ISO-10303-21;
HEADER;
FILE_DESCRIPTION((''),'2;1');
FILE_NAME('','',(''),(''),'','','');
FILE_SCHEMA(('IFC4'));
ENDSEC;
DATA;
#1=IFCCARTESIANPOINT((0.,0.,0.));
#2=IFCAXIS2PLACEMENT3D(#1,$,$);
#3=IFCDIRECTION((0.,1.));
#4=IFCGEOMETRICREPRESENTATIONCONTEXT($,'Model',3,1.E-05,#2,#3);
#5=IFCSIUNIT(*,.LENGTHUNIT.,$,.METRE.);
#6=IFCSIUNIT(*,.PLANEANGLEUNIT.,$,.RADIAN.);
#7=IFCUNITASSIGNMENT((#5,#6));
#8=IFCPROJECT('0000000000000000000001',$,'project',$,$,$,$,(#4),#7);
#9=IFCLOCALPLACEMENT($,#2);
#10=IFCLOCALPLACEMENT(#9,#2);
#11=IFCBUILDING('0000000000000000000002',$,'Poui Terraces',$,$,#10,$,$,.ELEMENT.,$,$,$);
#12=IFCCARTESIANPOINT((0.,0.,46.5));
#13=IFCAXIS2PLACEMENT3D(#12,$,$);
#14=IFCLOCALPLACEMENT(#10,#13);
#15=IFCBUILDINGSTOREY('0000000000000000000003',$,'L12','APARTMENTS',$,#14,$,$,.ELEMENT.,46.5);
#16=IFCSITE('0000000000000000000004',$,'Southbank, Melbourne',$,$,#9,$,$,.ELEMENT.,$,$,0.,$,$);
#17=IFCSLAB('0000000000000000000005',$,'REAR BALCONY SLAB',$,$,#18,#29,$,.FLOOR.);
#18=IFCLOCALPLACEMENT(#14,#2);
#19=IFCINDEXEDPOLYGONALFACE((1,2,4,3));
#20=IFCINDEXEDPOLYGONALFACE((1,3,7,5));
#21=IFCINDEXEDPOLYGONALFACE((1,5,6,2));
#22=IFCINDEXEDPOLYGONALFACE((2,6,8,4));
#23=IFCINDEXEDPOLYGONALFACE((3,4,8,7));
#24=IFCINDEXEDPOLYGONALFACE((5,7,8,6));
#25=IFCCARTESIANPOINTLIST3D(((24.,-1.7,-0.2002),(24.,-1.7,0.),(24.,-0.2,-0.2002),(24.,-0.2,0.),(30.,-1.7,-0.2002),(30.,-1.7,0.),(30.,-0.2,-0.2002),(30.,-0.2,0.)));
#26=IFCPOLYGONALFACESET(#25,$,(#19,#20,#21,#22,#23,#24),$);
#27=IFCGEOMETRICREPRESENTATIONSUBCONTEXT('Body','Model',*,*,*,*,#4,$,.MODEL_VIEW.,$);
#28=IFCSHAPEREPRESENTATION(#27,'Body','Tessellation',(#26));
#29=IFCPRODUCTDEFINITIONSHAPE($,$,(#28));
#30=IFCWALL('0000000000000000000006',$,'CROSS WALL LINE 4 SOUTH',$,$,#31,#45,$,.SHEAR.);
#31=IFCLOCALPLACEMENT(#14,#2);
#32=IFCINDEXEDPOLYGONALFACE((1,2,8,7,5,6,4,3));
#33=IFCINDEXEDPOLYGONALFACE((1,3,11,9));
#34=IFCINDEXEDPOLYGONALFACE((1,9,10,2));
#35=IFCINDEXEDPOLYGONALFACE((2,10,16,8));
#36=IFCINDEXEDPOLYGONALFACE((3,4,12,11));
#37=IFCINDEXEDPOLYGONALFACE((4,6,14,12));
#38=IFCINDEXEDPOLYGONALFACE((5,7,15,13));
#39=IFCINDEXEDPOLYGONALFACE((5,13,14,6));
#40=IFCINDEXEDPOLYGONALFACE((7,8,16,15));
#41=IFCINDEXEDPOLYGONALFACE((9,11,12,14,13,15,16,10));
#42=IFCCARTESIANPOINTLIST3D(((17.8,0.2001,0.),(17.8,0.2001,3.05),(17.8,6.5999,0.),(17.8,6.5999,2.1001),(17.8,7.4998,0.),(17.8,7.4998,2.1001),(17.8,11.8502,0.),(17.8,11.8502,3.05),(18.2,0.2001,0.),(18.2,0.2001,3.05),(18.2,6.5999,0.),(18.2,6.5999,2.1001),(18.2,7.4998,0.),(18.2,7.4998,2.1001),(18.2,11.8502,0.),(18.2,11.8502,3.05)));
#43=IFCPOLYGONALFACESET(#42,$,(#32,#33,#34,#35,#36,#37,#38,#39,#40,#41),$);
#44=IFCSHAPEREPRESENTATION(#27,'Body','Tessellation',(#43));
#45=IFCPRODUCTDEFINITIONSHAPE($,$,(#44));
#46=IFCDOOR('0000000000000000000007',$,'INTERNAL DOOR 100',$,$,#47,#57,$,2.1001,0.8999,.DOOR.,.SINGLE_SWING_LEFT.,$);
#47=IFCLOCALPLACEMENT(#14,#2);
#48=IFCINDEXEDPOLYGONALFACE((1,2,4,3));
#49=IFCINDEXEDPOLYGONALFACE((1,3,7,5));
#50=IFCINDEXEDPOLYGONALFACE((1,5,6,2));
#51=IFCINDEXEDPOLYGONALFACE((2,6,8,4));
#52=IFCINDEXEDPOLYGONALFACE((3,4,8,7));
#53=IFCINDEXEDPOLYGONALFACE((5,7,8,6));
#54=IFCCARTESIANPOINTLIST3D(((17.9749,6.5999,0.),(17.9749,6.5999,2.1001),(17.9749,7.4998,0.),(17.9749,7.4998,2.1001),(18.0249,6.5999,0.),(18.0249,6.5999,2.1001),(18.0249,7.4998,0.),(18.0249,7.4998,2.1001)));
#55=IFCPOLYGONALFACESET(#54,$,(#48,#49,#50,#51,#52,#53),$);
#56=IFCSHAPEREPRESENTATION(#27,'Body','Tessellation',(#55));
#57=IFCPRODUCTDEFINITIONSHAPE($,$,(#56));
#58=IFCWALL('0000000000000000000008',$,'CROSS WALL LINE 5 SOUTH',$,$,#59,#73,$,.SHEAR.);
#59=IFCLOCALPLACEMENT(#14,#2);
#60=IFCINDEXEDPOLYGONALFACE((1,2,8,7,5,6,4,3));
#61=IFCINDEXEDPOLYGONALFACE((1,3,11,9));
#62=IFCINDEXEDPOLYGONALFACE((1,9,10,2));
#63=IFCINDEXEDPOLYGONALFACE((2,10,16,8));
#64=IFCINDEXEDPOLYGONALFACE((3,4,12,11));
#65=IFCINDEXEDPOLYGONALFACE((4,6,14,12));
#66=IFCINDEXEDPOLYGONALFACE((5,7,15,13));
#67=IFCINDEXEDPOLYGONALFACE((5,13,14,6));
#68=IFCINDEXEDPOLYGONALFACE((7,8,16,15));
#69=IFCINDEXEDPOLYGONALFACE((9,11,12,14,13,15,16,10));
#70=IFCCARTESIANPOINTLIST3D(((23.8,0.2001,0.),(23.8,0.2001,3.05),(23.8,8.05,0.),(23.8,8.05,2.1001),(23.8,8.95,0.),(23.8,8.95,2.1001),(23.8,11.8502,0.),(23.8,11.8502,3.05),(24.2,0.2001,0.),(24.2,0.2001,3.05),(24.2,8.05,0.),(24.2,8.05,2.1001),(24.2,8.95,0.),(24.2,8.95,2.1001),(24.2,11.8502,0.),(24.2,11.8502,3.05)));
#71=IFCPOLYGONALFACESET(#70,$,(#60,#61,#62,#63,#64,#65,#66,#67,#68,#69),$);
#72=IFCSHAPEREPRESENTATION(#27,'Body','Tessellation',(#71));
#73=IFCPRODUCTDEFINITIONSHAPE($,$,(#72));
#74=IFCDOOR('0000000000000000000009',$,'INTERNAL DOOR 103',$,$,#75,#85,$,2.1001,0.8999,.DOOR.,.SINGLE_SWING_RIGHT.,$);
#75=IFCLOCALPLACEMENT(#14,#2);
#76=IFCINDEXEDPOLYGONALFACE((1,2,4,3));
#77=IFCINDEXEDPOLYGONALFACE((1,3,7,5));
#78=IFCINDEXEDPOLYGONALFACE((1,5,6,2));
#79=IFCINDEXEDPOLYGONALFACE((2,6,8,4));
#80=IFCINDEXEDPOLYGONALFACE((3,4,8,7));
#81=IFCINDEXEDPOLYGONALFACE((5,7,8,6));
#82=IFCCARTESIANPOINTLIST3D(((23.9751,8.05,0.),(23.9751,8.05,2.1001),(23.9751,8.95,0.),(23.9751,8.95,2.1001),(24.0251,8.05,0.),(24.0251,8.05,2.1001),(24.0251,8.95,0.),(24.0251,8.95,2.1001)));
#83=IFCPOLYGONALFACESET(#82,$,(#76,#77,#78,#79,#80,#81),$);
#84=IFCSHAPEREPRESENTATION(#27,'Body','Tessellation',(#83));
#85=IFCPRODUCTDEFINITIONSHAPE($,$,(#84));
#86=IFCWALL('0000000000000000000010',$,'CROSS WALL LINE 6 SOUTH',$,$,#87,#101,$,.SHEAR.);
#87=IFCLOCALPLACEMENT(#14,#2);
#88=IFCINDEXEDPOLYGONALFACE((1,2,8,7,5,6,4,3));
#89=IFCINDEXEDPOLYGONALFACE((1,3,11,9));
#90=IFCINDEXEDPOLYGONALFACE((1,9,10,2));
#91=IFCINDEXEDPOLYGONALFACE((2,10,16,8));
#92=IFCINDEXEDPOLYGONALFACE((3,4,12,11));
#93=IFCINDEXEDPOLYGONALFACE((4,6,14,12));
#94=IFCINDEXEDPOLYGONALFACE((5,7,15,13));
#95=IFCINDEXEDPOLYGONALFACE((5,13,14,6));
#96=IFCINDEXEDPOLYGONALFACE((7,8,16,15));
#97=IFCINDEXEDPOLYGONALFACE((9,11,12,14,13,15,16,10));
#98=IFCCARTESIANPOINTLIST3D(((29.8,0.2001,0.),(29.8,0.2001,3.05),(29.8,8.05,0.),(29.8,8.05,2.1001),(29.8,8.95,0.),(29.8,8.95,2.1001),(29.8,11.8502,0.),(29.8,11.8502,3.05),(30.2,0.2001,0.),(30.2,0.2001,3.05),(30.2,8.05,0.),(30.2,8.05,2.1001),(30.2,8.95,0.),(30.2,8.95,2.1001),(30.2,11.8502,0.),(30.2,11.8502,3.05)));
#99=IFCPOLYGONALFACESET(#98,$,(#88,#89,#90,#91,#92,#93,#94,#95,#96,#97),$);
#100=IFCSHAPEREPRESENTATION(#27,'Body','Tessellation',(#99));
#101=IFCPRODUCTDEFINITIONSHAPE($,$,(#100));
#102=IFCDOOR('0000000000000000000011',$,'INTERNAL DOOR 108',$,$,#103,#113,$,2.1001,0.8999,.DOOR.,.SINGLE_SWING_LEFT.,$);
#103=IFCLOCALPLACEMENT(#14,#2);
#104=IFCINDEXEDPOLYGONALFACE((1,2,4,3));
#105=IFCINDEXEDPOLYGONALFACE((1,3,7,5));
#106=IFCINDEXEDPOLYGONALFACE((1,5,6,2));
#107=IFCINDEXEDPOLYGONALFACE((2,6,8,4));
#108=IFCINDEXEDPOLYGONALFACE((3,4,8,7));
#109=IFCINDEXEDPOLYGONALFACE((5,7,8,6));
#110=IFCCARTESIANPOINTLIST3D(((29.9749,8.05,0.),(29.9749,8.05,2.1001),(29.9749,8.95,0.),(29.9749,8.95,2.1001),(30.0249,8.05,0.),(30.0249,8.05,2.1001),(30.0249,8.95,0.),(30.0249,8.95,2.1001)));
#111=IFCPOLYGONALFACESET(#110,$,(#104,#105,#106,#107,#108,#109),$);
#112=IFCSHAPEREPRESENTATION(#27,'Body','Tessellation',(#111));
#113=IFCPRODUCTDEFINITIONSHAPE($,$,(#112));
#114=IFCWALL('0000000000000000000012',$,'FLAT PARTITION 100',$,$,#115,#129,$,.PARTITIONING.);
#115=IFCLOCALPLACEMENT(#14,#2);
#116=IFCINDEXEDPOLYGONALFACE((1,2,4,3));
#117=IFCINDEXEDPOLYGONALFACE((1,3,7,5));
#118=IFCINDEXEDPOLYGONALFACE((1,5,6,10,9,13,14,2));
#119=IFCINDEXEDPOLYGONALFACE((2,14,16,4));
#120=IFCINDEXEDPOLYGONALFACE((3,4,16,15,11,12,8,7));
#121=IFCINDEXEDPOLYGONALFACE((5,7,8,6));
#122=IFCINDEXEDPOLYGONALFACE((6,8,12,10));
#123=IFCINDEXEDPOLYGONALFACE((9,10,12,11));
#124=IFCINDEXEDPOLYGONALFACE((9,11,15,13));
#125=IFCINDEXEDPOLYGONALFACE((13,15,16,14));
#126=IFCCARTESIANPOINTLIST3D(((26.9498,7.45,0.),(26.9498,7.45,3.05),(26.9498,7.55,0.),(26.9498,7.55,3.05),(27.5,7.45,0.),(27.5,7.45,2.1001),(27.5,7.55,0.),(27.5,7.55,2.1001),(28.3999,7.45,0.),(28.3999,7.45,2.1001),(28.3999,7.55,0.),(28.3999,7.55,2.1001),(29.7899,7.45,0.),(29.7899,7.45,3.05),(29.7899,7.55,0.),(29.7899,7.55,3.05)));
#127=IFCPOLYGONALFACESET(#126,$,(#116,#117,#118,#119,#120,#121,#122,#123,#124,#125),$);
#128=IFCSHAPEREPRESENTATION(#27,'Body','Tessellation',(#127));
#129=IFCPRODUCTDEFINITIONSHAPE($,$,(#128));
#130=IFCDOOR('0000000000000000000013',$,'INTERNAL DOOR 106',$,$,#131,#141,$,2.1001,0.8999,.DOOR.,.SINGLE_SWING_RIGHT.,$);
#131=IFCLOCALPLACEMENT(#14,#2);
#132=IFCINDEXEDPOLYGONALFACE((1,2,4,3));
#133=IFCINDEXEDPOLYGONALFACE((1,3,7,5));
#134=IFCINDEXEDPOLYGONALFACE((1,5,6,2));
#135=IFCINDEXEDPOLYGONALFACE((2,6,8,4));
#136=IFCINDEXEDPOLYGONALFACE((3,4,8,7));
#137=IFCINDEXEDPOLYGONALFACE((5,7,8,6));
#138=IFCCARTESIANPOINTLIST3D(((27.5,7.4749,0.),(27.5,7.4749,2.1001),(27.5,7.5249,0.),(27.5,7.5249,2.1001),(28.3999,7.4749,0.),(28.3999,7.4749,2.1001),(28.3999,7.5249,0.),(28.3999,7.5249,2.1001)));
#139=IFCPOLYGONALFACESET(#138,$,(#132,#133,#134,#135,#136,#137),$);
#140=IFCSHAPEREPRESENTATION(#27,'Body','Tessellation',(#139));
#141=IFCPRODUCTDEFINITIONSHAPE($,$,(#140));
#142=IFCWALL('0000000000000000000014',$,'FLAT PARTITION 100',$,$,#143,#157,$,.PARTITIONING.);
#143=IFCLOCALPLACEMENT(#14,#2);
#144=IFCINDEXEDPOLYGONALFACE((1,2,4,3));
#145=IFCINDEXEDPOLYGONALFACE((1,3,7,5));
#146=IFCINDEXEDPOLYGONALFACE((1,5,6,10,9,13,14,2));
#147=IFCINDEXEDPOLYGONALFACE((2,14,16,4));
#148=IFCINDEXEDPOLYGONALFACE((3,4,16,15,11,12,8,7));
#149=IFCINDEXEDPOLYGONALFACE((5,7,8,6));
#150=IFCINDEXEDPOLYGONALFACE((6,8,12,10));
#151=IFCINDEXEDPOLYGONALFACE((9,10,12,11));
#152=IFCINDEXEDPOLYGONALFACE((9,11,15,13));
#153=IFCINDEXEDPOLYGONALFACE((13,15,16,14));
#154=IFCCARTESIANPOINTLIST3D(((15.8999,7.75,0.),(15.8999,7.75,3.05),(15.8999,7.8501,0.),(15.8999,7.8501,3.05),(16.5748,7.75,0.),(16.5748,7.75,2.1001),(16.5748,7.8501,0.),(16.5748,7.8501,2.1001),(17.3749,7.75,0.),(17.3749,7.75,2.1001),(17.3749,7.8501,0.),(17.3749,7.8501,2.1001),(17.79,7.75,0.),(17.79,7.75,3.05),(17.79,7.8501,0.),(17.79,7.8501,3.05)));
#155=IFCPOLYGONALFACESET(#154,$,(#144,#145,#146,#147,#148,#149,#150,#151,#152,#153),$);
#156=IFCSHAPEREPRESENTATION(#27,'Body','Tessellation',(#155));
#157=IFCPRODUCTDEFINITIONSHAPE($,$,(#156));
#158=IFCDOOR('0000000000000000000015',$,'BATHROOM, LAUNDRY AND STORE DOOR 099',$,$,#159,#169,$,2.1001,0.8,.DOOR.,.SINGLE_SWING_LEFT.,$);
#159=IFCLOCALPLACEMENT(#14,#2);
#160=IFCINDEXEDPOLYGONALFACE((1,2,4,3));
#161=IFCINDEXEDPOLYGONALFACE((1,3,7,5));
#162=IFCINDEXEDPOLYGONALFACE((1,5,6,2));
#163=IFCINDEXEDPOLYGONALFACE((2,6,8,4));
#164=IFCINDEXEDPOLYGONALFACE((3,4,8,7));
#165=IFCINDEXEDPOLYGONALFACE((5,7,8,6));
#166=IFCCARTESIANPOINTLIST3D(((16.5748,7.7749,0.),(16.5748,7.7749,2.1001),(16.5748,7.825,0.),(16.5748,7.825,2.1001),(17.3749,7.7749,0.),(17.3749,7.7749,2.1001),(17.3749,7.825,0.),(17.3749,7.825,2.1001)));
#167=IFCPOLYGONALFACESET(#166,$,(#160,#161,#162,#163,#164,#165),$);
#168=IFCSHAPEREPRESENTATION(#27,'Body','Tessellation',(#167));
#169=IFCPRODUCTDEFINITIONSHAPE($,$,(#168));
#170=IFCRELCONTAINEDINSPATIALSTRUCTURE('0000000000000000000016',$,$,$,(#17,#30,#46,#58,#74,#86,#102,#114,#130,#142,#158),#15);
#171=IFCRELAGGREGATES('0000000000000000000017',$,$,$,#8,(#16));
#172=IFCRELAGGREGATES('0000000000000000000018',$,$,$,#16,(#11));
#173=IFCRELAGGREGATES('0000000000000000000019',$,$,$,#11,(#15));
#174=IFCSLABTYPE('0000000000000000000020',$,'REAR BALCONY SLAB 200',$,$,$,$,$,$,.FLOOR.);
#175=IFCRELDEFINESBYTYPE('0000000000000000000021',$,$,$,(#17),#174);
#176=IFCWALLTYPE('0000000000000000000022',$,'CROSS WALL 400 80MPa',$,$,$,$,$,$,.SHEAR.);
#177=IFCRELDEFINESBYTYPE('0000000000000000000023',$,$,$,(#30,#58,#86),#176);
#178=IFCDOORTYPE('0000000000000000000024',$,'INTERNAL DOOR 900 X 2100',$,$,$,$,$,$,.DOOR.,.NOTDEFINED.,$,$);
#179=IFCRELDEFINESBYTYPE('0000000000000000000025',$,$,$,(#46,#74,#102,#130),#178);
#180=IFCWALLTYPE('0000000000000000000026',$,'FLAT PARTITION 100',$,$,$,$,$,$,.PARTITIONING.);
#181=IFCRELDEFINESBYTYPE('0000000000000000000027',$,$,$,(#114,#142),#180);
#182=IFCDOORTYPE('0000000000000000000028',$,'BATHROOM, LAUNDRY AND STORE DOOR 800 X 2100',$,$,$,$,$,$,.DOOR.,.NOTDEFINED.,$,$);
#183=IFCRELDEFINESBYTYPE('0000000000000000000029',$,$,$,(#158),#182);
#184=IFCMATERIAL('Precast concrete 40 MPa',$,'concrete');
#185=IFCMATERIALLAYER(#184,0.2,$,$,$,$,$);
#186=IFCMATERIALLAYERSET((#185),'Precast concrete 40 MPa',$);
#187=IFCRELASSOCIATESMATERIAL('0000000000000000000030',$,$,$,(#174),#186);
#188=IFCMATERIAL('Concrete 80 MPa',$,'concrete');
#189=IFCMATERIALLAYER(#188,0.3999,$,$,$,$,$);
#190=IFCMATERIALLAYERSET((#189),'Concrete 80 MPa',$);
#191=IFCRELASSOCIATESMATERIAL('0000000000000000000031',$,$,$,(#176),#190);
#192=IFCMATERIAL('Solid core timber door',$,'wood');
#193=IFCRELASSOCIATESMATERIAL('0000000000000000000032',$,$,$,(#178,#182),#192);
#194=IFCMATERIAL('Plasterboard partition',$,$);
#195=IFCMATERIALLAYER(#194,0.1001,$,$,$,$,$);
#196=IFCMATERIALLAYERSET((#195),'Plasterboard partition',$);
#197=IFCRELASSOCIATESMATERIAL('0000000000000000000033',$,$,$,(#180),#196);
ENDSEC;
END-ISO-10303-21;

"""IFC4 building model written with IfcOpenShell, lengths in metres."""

from ifc_helpers import new_model, si_unit, direction, frame, frame_2d, origin, place, context, subcontext, project, spatial, polyline, rectangle, outline, extrude, source, transform, mapped, material, layer, layer_set, type_object, element, fill, save


model = new_model("IFC4")

# Units and contexts
model_context = context("Model", 3, precision=1e-05, world=origin(), true_north=direction((0.0, 1.0)))
body_context = subcontext(model_context, "Body", "Model", "MODEL_VIEW")
ifc_project = project(units=[si_unit("LENGTHUNIT", "METRE"), si_unit("PLANEANGLEUNIT", "RADIAN")], contexts=[model_context])

# Site, building, storey
site_placement = place(None, origin())
site = spatial("IfcSite", under=ifc_project, at=site_placement, Name="Southbank, Melbourne", CompositionType="ELEMENT", RefElevation=0.0)
building_placement = place(site_placement, origin())
building = spatial("IfcBuilding", under=site, at=building_placement, Name="Poui Terraces", CompositionType="ELEMENT")
storey_placement = place(building_placement, frame((0.0, 0.0, 46.5)))
storey = spatial("IfcBuildingStorey", under=building, at=storey_placement, Name="L12", Description="APARTMENTS", CompositionType="ELEMENT", Elevation=46.5)

# Slab
ifc_material_1 = material(Name="Precast concrete 40 MPa", Category="concrete")
ifc_layer_1 = layer(ifc_material_1, 0.2)
ifc_layer_set_1 = layer_set([ifc_layer_1], Name="Precast concrete 40 MPa")
slab_type = type_object("IfcSlabType", Name="REAR BALCONY SLAB 200", PredefinedType="FLOOR", material=ifc_layer_set_1)
shared_shape_1 = source(origin(), body_context, "Body", "SweptSolid", [
    extrude(outline(polyline([(0.0, 0.0), (6.0, 0.0), (6.0, 1.5), (0.0, 1.5), (0.0, 0.0)])), origin(), (0.0, 0.0, 1.0), 0.2002),
])
slab_placement = place(storey_placement, frame((24.0, -1.7, -0.2002)))
element("IfcSlab", 1, at=slab_placement, inside=storey, type_object=slab_type, Name="REAR BALCONY SLAB", PredefinedType="FLOOR", context=body_context, shape_type="MappedRepresentation", body=[
    mapped(shared_shape_1, transform((0.0, 0.0, 0.0))),
])

# Walls, openings, doors
ifc_material_2 = material(Name="Concrete 80 MPa", Category="concrete")
ifc_layer_2 = layer(ifc_material_2, 0.3999)
ifc_layer_set_2 = layer_set([ifc_layer_2], Name="Concrete 80 MPa")
wall_type_1 = type_object("IfcWallType", Name="CROSS WALL 400 80MPa", PredefinedType="SHEAR", material=ifc_layer_set_2)
wall_1_placement = place(storey_placement, frame((18.0, 0.2, 0.0), z_axis=(0.0, 0.0, 1.0), x_axis=(0.0, 1.0, 0.0)))
wall_1 = element("IfcWall", 2, at=wall_1_placement, inside=storey, type_object=wall_type_1, Name="CROSS WALL LINE 4 SOUTH", PredefinedType="SHEAR", context=body_context, shape_type="SweptSolid", body=[
    extrude(rectangle(XDim=11.6501, YDim=0.3999, at=frame_2d((5.8252, 0.0))), origin(), (0.0, 0.0, 1.0), 3.05),
])
opening_1_placement = place(wall_1_placement, frame((6.3999, 0.0, 0.0)))
opening_1 = element("IfcOpeningElement", 3, at=opening_1_placement, cuts=wall_1, PredefinedType="OPENING", context=body_context, shape_type="SweptSolid", body=[
    extrude(rectangle(XDim=0.8999, YDim=2.1001, at=frame_2d((0.45, 1.05))), frame((0.0, 0.21, 0.0), z_axis=(0.0, -1.0, 0.0), x_axis=(1.0, 0.0, 0.0)), (0.0, 0.0, 1.0), 0.4199),
])
ifc_material_3 = material(Name="Solid core timber door", Category="wood")
door_type_1 = type_object("IfcDoorType", Name="INTERNAL DOOR 900 X 2100", OperationType="NOTDEFINED", PredefinedType="DOOR", material=ifc_material_3)
door_1_placement = place(opening_1_placement, frame((0.8999, 0.0, 0.0), z_axis=(0.0, 0.0, 1.0), x_axis=(-1.0, 0.0, 0.0)))
door_1 = element("IfcDoor", 4, at=door_1_placement, inside=storey, type_object=door_type_1, Name="INTERNAL DOOR 100", OperationType="SINGLE_SWING_LEFT", OverallHeight=2.1001, OverallWidth=0.8999, PredefinedType="DOOR", context=body_context, shape_type="SweptSolid", body=[
    extrude(rectangle(XDim=0.8999, YDim=2.1001, at=frame_2d((0.45, 1.05))), frame((0.0, 0.0249, 0.0), z_axis=(0.0, -1.0, 0.0), x_axis=(1.0, 0.0, 0.0)), (0.0, 0.0, 1.0), 0.05),
])
fill(opening_1, door_1)
wall_2_placement = place(storey_placement, frame((24.0, 0.2, 0.0), z_axis=(0.0, 0.0, 1.0), x_axis=(0.0, 1.0, 0.0)))
wall_2 = element("IfcWall", 5, at=wall_2_placement, inside=storey, type_object=wall_type_1, Name="CROSS WALL LINE 5 SOUTH", PredefinedType="SHEAR", context=body_context, shape_type="SweptSolid", body=[
    extrude(rectangle(XDim=11.6501, YDim=0.3999, at=frame_2d((5.8252, 0.0))), origin(), (0.0, 0.0, 1.0), 3.05),
])
opening_2_placement = place(wall_2_placement, frame((7.8501, 0.0, 0.0)))
opening_2 = element("IfcOpeningElement", 6, at=opening_2_placement, cuts=wall_2, PredefinedType="OPENING", context=body_context, shape_type="SweptSolid", body=[
    extrude(rectangle(XDim=0.8999, YDim=2.1001, at=frame_2d((0.45, 1.05))), frame((0.0, 0.21, 0.0), z_axis=(0.0, -1.0, 0.0), x_axis=(1.0, 0.0, 0.0)), (0.0, 0.0, 1.0), 0.4199),
])
door_2_placement = place(opening_2_placement, origin())
door_2 = element("IfcDoor", 7, at=door_2_placement, inside=storey, type_object=door_type_1, Name="INTERNAL DOOR 103", OperationType="SINGLE_SWING_RIGHT", OverallHeight=2.1001, OverallWidth=0.8999, PredefinedType="DOOR", context=body_context, shape_type="SweptSolid", body=[
    extrude(rectangle(XDim=0.8999, YDim=2.1001, at=frame_2d((0.45, 1.05))), frame((0.0, 0.0249, 0.0), z_axis=(0.0, -1.0, 0.0), x_axis=(1.0, 0.0, 0.0)), (0.0, 0.0, 1.0), 0.05),
])
fill(opening_2, door_2)
wall_3_placement = place(storey_placement, frame((30.0, 0.2, 0.0), z_axis=(0.0, 0.0, 1.0), x_axis=(0.0, 1.0, 0.0)))
wall_3 = element("IfcWall", 8, at=wall_3_placement, inside=storey, type_object=wall_type_1, Name="CROSS WALL LINE 6 SOUTH", PredefinedType="SHEAR", context=body_context, shape_type="SweptSolid", body=[
    extrude(rectangle(XDim=11.6501, YDim=0.3999, at=frame_2d((5.8252, 0.0))), origin(), (0.0, 0.0, 1.0), 3.05),
])
opening_3_placement = place(wall_3_placement, frame((7.8501, 0.0, 0.0)))
opening_3 = element("IfcOpeningElement", 9, at=opening_3_placement, cuts=wall_3, PredefinedType="OPENING", context=body_context, shape_type="SweptSolid", body=[
    extrude(rectangle(XDim=0.8999, YDim=2.1001, at=frame_2d((0.45, 1.05))), frame((0.0, 0.21, 0.0), z_axis=(0.0, -1.0, 0.0), x_axis=(1.0, 0.0, 0.0)), (0.0, 0.0, 1.0), 0.4199),
])
door_3_placement = place(opening_3_placement, frame((0.8999, 0.0, 0.0), z_axis=(0.0, 0.0, 1.0), x_axis=(-1.0, 0.0, 0.0)))
door_3 = element("IfcDoor", 10, at=door_3_placement, inside=storey, type_object=door_type_1, Name="INTERNAL DOOR 108", OperationType="SINGLE_SWING_LEFT", OverallHeight=2.1001, OverallWidth=0.8999, PredefinedType="DOOR", context=body_context, shape_type="SweptSolid", body=[
    extrude(rectangle(XDim=0.8999, YDim=2.1001, at=frame_2d((0.45, 1.05))), frame((0.0, 0.0249, 0.0), z_axis=(0.0, -1.0, 0.0), x_axis=(1.0, 0.0, 0.0)), (0.0, 0.0, 1.0), 0.05),
])
fill(opening_3, door_3)
ifc_material_4 = material(Name="Plasterboard partition")
ifc_layer_3 = layer(ifc_material_4, 0.1001)
ifc_layer_set_3 = layer_set([ifc_layer_3], Name="Plasterboard partition")
wall_type_2 = type_object("IfcWallType", Name="FLAT PARTITION 100", PredefinedType="PARTITIONING", material=ifc_layer_set_3)
wall_4_placement = place(storey_placement, frame((26.95, 7.5, 0.0), z_axis=(0.0, 0.0, 1.0), x_axis=(1.0, 0.0, 0.0)))
wall_4 = element("IfcWall", 11, at=wall_4_placement, inside=storey, type_object=wall_type_2, Name="FLAT PARTITION 100", PredefinedType="PARTITIONING", context=body_context, shape_type="SweptSolid", body=[
    extrude(rectangle(XDim=2.8401, YDim=0.1001, at=frame_2d((1.4199, 0.0))), origin(), (0.0, 0.0, 1.0), 3.05),
])
opening_4_placement = place(wall_4_placement, frame((0.55, 0.0, 0.0)))
opening_4 = element("IfcOpeningElement", 12, at=opening_4_placement, cuts=wall_4, PredefinedType="OPENING", context=body_context, shape_type="SweptSolid", body=[
    extrude(rectangle(XDim=0.8999, YDim=2.1001, at=frame_2d((0.45, 1.05))), frame((0.0, 0.0601, 0.0), z_axis=(0.0, -1.0, 0.0), x_axis=(1.0, 0.0, 0.0)), (0.0, 0.0, 1.0), 0.1201),
])
door_4_placement = place(opening_4_placement, origin())
door_4 = element("IfcDoor", 13, at=door_4_placement, inside=storey, type_object=door_type_1, Name="INTERNAL DOOR 106", OperationType="SINGLE_SWING_RIGHT", OverallHeight=2.1001, OverallWidth=0.8999, PredefinedType="DOOR", context=body_context, shape_type="SweptSolid", body=[
    extrude(rectangle(XDim=0.8999, YDim=2.1001, at=frame_2d((0.45, 1.05))), frame((0.0, 0.0249, 0.0), z_axis=(0.0, -1.0, 0.0), x_axis=(1.0, 0.0, 0.0)), (0.0, 0.0, 1.0), 0.05),
])
fill(opening_4, door_4)
wall_5_placement = place(storey_placement, frame((15.8999, 7.8, 0.0), z_axis=(0.0, 0.0, 1.0), x_axis=(1.0, 0.0, 0.0)))
wall_5 = element("IfcWall", 14, at=wall_5_placement, inside=storey, type_object=wall_type_2, Name="FLAT PARTITION 100", PredefinedType="PARTITIONING", context=body_context, shape_type="SweptSolid", body=[
    extrude(rectangle(XDim=1.8901, YDim=0.1001, at=frame_2d((0.9451, 0.0))), origin(), (0.0, 0.0, 1.0), 3.05),
])
opening_5_placement = place(wall_5_placement, frame((0.675, 0.0, 0.0)))
opening_5 = element("IfcOpeningElement", 15, at=opening_5_placement, cuts=wall_5, PredefinedType="OPENING", context=body_context, shape_type="SweptSolid", body=[
    extrude(rectangle(XDim=0.8, YDim=2.1001, at=frame_2d((0.3999, 1.05))), frame((0.0, 0.0601, 0.0), z_axis=(0.0, -1.0, 0.0), x_axis=(1.0, 0.0, 0.0)), (0.0, 0.0, 1.0), 0.1201),
])
door_type_2 = type_object("IfcDoorType", Name="BATHROOM, LAUNDRY AND STORE DOOR 800 X 2100", OperationType="NOTDEFINED", PredefinedType="DOOR", material=ifc_material_3)
door_5_placement = place(opening_5_placement, origin())
door_5 = element("IfcDoor", 16, at=door_5_placement, inside=storey, type_object=door_type_2, Name="BATHROOM, LAUNDRY AND STORE DOOR 099", OperationType="SINGLE_SWING_LEFT", OverallHeight=2.1001, OverallWidth=0.8, PredefinedType="DOOR", context=body_context, shape_type="SweptSolid", body=[
    extrude(rectangle(XDim=0.8, YDim=2.1001, at=frame_2d((0.3999, 1.05))), frame((0.0, 0.0249, 0.0), z_axis=(0.0, -1.0, 0.0), x_axis=(1.0, 0.0, 0.0)), (0.0, 0.0, 1.0), 0.05),
])
fill(opening_5, door_5)

save(model, "model.ifc")
